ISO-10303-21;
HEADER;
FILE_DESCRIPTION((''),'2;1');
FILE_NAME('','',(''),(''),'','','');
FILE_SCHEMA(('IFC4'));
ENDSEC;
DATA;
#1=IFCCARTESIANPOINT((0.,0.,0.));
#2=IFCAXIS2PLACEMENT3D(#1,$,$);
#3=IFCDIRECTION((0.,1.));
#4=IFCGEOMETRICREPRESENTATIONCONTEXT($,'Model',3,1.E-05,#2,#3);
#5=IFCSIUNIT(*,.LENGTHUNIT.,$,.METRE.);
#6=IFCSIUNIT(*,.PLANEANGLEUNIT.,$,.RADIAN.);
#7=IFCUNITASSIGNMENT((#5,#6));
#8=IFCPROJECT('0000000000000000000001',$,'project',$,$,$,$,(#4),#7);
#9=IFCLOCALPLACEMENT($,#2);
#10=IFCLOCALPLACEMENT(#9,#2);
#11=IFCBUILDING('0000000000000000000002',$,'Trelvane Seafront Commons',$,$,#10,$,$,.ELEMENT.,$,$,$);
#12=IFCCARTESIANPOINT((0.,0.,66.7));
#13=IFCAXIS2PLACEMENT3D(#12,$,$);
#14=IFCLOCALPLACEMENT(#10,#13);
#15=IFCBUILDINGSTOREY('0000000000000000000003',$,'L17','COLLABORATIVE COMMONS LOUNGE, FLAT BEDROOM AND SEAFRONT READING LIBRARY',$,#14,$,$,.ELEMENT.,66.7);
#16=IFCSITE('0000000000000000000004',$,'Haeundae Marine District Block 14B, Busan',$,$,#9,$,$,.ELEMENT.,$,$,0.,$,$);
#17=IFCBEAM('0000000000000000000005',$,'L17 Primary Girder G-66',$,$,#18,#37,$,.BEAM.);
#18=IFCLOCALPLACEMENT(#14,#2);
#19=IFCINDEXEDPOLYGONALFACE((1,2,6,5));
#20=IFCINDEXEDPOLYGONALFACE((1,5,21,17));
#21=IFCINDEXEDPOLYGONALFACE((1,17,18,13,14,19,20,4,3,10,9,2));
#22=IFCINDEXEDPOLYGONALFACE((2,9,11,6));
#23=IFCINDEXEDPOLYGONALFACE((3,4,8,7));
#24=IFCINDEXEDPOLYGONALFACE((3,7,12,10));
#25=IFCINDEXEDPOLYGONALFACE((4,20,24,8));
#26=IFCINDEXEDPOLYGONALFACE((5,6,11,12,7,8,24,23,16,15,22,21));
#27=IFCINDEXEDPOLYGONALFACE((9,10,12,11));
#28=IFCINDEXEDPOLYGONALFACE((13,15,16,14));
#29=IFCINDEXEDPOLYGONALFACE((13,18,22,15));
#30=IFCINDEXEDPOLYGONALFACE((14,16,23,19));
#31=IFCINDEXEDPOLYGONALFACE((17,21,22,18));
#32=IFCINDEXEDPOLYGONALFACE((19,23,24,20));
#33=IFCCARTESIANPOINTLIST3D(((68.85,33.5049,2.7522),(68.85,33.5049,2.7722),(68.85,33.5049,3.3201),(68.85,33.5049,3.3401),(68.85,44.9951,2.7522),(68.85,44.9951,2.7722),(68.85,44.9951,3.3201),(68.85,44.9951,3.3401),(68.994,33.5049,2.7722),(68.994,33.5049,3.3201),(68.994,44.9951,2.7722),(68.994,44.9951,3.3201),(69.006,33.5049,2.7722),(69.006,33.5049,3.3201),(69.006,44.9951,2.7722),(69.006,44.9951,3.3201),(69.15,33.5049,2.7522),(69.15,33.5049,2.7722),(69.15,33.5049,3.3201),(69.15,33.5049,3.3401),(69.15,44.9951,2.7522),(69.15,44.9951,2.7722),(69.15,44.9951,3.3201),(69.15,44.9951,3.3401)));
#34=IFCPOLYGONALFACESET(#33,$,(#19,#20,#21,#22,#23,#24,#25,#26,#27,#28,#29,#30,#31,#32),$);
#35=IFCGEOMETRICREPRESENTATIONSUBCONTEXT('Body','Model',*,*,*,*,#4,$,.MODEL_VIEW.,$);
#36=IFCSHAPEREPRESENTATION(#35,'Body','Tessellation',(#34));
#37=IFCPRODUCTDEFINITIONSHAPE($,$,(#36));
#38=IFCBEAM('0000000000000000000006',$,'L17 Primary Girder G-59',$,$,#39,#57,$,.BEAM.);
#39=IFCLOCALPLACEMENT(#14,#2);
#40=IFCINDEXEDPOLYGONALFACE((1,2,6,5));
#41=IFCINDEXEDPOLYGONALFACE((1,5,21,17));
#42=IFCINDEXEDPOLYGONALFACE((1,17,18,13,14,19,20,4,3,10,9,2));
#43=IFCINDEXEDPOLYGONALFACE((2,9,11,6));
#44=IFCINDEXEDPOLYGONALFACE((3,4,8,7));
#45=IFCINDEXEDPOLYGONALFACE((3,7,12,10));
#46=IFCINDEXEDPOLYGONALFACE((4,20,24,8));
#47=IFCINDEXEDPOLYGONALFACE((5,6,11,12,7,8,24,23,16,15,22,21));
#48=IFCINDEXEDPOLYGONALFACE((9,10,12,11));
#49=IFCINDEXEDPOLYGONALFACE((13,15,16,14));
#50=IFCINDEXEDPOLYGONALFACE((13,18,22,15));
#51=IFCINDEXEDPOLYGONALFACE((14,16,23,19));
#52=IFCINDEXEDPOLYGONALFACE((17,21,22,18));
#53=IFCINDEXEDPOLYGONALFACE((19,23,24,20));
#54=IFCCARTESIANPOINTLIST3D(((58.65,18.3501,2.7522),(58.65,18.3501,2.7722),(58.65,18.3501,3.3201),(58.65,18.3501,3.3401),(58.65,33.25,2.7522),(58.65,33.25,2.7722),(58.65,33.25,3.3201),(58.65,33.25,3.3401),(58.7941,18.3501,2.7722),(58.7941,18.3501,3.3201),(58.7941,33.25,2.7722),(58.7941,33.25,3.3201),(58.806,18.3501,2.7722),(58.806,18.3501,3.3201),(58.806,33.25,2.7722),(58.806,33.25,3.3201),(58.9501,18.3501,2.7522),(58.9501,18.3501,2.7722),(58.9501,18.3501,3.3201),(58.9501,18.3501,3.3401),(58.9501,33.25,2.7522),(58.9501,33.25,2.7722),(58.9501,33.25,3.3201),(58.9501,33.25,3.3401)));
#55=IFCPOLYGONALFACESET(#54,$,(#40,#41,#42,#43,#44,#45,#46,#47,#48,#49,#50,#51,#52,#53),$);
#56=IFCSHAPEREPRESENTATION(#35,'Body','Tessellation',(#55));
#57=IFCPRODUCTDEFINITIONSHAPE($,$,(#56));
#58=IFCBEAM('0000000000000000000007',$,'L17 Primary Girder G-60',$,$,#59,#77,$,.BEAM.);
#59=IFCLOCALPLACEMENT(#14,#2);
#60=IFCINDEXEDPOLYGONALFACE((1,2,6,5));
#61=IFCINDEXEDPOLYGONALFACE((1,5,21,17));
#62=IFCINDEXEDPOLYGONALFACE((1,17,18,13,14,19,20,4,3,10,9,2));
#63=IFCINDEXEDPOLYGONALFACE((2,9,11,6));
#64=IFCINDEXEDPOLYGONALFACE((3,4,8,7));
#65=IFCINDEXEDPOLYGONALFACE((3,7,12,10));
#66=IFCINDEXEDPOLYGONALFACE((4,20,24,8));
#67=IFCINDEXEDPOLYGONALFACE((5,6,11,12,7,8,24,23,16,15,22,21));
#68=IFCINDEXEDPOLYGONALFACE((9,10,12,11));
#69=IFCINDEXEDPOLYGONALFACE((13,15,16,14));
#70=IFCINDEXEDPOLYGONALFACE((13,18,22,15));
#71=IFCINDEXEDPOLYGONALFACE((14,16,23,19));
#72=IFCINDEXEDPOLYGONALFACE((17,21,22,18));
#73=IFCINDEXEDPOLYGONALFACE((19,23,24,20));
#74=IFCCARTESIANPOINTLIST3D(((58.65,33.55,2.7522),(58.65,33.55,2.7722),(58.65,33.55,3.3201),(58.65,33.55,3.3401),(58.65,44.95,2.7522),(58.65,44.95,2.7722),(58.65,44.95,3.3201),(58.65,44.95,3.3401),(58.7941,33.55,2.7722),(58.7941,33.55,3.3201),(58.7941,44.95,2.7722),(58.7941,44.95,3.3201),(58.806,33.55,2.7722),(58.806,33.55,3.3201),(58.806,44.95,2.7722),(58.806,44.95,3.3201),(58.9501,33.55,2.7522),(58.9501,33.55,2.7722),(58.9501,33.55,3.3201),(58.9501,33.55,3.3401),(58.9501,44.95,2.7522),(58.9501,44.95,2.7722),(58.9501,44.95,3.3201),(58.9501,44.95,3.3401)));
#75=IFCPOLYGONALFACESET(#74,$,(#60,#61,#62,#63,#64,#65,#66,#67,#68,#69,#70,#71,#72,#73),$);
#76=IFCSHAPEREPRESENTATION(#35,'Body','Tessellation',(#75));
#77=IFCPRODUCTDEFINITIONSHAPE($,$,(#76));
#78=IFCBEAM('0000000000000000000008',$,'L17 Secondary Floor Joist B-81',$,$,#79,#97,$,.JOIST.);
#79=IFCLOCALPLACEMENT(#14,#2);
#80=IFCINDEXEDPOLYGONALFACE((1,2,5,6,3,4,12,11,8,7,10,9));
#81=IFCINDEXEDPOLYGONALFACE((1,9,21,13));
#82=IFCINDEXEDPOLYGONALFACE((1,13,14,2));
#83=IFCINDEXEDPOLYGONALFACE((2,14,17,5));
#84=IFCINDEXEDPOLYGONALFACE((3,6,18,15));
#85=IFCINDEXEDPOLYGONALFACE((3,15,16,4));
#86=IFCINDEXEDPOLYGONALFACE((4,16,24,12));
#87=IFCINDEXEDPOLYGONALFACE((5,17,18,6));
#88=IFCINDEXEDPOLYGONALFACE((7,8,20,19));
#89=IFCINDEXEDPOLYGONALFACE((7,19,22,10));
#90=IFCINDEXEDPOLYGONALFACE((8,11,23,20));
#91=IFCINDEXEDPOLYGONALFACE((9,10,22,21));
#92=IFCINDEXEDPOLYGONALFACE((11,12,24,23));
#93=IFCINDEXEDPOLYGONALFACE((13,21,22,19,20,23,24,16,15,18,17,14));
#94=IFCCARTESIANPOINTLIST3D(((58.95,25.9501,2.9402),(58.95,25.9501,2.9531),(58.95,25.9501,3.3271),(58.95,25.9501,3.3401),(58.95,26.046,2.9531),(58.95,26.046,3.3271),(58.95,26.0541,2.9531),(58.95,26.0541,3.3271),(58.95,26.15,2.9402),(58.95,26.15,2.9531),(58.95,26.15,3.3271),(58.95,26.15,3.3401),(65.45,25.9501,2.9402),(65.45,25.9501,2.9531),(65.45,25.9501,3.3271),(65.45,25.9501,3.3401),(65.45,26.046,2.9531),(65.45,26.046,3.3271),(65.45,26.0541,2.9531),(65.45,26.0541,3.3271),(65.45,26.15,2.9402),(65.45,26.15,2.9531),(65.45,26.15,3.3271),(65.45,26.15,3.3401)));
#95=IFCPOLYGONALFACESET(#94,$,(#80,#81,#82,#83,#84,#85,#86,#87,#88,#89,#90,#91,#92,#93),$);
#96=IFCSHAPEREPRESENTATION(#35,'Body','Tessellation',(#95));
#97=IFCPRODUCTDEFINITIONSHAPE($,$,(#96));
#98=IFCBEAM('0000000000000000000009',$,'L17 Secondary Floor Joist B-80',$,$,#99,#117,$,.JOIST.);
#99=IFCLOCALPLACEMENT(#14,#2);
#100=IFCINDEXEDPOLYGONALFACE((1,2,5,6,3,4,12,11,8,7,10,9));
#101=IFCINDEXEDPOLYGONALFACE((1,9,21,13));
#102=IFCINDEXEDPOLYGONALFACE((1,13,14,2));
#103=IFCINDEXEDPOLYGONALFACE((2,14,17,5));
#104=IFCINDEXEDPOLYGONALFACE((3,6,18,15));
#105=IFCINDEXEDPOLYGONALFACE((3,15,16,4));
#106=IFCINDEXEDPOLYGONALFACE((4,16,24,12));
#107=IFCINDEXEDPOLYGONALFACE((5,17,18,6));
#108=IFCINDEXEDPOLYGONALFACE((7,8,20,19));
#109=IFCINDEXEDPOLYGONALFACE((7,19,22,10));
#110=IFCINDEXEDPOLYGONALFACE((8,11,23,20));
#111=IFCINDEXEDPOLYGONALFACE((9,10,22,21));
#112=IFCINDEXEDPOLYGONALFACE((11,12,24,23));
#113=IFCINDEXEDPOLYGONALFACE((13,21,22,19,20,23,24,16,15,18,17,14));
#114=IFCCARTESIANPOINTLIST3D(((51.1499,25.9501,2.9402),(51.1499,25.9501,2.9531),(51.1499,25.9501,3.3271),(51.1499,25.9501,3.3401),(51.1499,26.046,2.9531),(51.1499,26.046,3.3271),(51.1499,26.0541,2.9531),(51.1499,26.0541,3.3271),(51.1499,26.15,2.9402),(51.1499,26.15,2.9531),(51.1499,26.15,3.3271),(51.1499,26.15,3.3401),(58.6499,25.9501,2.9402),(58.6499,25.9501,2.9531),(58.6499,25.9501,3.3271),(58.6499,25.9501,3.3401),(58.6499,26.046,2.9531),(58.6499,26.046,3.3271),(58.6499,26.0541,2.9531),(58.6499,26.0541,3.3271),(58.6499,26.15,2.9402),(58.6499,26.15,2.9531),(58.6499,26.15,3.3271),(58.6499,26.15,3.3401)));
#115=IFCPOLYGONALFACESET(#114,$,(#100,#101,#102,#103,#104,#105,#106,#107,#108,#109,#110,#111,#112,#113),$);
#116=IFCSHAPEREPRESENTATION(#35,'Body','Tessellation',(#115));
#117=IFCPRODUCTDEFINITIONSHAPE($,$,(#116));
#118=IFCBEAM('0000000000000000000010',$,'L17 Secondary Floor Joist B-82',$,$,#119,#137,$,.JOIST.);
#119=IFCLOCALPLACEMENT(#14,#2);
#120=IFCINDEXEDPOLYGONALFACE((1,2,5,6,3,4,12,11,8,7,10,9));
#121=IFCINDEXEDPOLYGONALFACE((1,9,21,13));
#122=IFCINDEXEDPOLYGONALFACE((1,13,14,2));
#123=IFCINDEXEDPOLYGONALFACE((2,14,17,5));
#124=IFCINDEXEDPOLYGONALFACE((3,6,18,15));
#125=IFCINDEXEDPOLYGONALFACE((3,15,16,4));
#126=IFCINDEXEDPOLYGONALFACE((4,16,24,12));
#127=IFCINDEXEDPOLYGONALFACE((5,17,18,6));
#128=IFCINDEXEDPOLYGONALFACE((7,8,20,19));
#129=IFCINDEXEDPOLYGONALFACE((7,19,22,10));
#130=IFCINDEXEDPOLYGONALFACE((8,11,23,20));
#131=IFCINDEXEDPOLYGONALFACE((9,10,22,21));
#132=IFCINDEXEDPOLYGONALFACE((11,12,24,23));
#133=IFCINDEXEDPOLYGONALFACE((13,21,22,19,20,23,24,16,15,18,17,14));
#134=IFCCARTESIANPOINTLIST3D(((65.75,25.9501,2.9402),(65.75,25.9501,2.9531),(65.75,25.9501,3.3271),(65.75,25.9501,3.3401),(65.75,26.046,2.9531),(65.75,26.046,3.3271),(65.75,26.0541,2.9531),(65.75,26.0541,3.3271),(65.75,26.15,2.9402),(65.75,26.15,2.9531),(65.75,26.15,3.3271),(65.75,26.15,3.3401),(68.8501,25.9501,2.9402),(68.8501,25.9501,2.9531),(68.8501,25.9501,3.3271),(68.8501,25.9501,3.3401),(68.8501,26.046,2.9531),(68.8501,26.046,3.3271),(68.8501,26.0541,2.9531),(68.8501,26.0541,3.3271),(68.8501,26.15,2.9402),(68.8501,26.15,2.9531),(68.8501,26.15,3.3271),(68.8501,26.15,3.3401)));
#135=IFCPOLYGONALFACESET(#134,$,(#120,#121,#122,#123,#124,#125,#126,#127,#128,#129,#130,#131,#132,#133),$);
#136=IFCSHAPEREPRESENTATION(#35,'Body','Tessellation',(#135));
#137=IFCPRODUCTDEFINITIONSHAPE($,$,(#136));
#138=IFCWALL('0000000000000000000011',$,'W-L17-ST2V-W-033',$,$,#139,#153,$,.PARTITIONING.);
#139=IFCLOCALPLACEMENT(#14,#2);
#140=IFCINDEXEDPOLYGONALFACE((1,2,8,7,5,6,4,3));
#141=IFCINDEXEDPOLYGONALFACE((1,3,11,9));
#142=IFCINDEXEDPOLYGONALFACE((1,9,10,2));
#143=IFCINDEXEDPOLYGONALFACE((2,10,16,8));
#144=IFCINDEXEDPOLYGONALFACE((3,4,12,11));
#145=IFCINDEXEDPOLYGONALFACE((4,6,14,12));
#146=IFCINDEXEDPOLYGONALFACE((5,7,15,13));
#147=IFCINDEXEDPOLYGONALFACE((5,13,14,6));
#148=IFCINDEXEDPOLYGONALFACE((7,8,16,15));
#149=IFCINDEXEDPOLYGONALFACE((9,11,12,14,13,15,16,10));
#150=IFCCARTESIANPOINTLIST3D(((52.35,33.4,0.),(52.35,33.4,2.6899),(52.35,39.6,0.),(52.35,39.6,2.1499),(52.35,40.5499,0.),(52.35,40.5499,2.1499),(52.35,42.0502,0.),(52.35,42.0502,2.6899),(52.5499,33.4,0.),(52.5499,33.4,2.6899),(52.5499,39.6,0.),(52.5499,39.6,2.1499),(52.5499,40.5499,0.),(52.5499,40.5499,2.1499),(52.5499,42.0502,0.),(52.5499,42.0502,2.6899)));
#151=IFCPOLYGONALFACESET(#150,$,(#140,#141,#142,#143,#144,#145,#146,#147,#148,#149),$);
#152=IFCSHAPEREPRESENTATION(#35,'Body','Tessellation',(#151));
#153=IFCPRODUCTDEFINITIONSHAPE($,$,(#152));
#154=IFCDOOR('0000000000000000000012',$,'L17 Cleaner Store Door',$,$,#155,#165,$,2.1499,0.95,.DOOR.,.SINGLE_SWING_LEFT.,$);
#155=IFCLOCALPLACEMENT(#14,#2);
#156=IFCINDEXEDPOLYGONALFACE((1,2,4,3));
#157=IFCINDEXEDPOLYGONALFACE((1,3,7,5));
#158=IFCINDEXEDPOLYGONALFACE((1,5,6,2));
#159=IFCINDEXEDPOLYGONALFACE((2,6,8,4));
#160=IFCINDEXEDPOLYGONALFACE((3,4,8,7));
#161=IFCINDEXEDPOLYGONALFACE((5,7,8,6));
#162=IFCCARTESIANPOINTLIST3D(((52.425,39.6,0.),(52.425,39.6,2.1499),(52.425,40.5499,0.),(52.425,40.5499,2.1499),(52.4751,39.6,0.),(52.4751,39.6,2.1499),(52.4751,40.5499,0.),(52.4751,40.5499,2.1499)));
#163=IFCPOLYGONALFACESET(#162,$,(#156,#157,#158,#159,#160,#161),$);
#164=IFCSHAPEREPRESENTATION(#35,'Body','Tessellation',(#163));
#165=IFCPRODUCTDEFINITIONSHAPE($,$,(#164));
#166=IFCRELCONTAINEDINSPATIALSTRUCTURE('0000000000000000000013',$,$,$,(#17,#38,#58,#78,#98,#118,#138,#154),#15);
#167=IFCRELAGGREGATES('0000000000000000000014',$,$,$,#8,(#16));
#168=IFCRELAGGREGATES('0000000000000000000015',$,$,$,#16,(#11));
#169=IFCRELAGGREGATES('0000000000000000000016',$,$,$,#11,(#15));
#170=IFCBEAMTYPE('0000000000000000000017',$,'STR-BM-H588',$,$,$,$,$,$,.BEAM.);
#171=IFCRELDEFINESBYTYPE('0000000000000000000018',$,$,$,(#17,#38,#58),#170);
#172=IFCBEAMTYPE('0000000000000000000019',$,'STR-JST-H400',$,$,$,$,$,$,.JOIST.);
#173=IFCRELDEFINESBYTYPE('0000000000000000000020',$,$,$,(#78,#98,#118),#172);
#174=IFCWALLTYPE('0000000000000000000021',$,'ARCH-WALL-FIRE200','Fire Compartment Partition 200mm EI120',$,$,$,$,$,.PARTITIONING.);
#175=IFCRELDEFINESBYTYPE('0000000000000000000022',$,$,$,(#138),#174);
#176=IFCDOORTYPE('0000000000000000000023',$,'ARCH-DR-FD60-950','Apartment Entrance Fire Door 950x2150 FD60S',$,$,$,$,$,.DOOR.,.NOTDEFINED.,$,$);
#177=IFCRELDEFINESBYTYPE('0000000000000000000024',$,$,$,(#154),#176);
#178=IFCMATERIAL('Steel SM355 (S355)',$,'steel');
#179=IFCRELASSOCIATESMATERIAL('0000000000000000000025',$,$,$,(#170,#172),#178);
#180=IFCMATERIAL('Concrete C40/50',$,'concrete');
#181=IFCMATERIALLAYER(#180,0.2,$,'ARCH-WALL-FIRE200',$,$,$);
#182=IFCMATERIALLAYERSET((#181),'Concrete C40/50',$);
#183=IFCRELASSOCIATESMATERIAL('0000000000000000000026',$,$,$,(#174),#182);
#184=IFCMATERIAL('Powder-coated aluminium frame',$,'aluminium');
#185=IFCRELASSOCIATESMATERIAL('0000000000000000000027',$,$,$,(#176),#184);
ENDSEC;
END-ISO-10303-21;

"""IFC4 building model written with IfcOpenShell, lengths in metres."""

from ifc_helpers import new_model, si_unit, direction, frame, frame_2d, origin, origin_2d, place, context, subcontext, project, spatial, rectangle, i_section, extrude, source, transform, mapped, material, layer, layer_set, material_profile, profile_set, type_object, element, fill, save


model = new_model("IFC4")

# Units and contexts
model_context = context("Model", 3, precision=1e-05, world=origin(), true_north=direction((0.0, 1.0)))
body_context = subcontext(model_context, "Body", "Model", "MODEL_VIEW")
ifc_project = project(units=[si_unit("LENGTHUNIT", "METRE"), si_unit("PLANEANGLEUNIT", "RADIAN")], contexts=[model_context])

# Site, building, storey
site_placement = place(None, origin())
site = spatial("IfcSite", under=ifc_project, at=site_placement, Name="Haeundae Marine District Block 14B, Busan", CompositionType="ELEMENT", RefElevation=0.0)
building_placement = place(site_placement, origin())
building = spatial("IfcBuilding", under=site, at=building_placement, Name="Trelvane Seafront Commons", CompositionType="ELEMENT")
storey_placement = place(building_placement, frame((0.0, 0.0, 66.7)))
storey = spatial("IfcBuildingStorey", under=building, at=storey_placement, Name="L17", Description="COLLABORATIVE COMMONS LOUNGE, FLAT BEDROOM AND SEAFRONT READING LIBRARY", CompositionType="ELEMENT", Elevation=66.7)

# Shared definitions
ifc_material_1 = material(Name="Steel SM355 (S355)", Category="steel")

# Beams
ifc_material_profile_1 = material_profile(ifc_material_1, i_section(OverallWidth=0.3, OverallDepth=0.5879, WebThickness=0.012, FlangeThickness=0.02, at=origin_2d()), Name="H-588x300x12x20")
ifc_profile_set_1 = profile_set([ifc_material_profile_1], Name="Steel SM355 (S355)")
beam_type_1 = type_object("IfcBeamType", Name="STR-BM-H588", PredefinedType="BEAM", material=ifc_profile_set_1)
shared_shape_1 = source(origin(), body_context, "Body", "SweptSolid", [
    extrude(i_section(OverallWidth=0.3, OverallDepth=0.5879, WebThickness=0.012, FlangeThickness=0.02, at=origin_2d()), origin(), (0.0, 0.0, 1.0), 11.4902),
])
for number, where, z_axis, x_axis, name in (
    (1, (69.0, 33.5049, 3.0461), (0.0, 1.0, 0.0), (-1.0, 0.0, 0.0), "L17 Primary Girder G-66"),
):
    element("IfcBeam", number, at=place(storey_placement, frame(where, z_axis=z_axis, x_axis=x_axis)), inside=storey, type_object=beam_type_1, Name=name, PredefinedType="BEAM", context=body_context, shape_type="MappedRepresentation", body=[
        mapped(shared_shape_1, transform((0.0, 0.0, 0.0), x_axis=(1.0, 0.0, 0.0), y_axis=(0.0, 1.0, 0.0), z_axis=(0.0, 0.0, 1.0), scale=1.0)),
    ])
shared_shape_2 = source(origin(), body_context, "Body", "SweptSolid", [
    extrude(i_section(OverallWidth=0.3, OverallDepth=0.5879, WebThickness=0.012, FlangeThickness=0.02, at=origin_2d()), origin(), (0.0, 0.0, 1.0), 14.8999),
])
beam_1_placement = place(storey_placement, frame((58.8, 18.3501, 3.0461), z_axis=(0.0, 1.0, 0.0), x_axis=(-1.0, 0.0, 0.0)))
element("IfcBeam", 2, at=beam_1_placement, inside=storey, type_object=beam_type_1, Name="L17 Primary Girder G-59", PredefinedType="BEAM", context=body_context, shape_type="MappedRepresentation", body=[
    mapped(shared_shape_2, transform((0.0, 0.0, 0.0), x_axis=(1.0, 0.0, 0.0), y_axis=(0.0, 1.0, 0.0), z_axis=(0.0, 0.0, 1.0), scale=1.0)),
])
shared_shape_3 = source(origin(), body_context, "Body", "SweptSolid", [
    extrude(i_section(OverallWidth=0.3, OverallDepth=0.5879, WebThickness=0.012, FlangeThickness=0.02, at=origin_2d()), origin(), (0.0, 0.0, 1.0), 11.3999),
])
beam_2_placement = place(storey_placement, frame((58.8, 33.55, 3.0461), z_axis=(0.0, 1.0, 0.0), x_axis=(-1.0, 0.0, 0.0)))
element("IfcBeam", 3, at=beam_2_placement, inside=storey, type_object=beam_type_1, Name="L17 Primary Girder G-60", PredefinedType="BEAM", context=body_context, shape_type="MappedRepresentation", body=[
    mapped(shared_shape_3, transform((0.0, 0.0, 0.0), x_axis=(1.0, 0.0, 0.0), y_axis=(0.0, 1.0, 0.0), z_axis=(0.0, 0.0, 1.0), scale=1.0)),
])
ifc_material_profile_2 = material_profile(ifc_material_1, i_section(OverallWidth=0.2, OverallDepth=0.3999, WebThickness=0.0081, FlangeThickness=0.0129, at=origin_2d()), Name="H-400x200x8x13")
ifc_profile_set_2 = profile_set([ifc_material_profile_2], Name="Steel SM355 (S355)")
beam_type_2 = type_object("IfcBeamType", Name="STR-JST-H400", PredefinedType="JOIST", material=ifc_profile_set_2)
shared_shape_4 = source(origin(), body_context, "Body", "SweptSolid", [
    extrude(i_section(OverallWidth=0.2, OverallDepth=0.3999, WebThickness=0.0081, FlangeThickness=0.0129, at=origin_2d()), origin(), (0.0, 0.0, 1.0), 6.5),
])
beam_3_placement = place(storey_placement, frame((58.95, 26.05, 3.1401), z_axis=(1.0, 0.0, 0.0), x_axis=(0.0, 1.0, 0.0)))
element("IfcBeam", 4, at=beam_3_placement, inside=storey, type_object=beam_type_2, Name="L17 Secondary Floor Joist B-81", PredefinedType="JOIST", context=body_context, shape_type="MappedRepresentation", body=[
    mapped(shared_shape_4, transform((0.0, 0.0, 0.0), x_axis=(1.0, 0.0, 0.0), y_axis=(0.0, 1.0, 0.0), z_axis=(0.0, 0.0, 1.0), scale=1.0)),
])
shared_shape_5 = source(origin(), body_context, "Body", "SweptSolid", [
    extrude(i_section(OverallWidth=0.2, OverallDepth=0.3999, WebThickness=0.0081, FlangeThickness=0.0129, at=origin_2d()), origin(), (0.0, 0.0, 1.0), 7.5),
])
beam_4_placement = place(storey_placement, frame((51.1499, 26.05, 3.1401), z_axis=(1.0, 0.0, 0.0), x_axis=(0.0, 1.0, 0.0)))
element("IfcBeam", 5, at=beam_4_placement, inside=storey, type_object=beam_type_2, Name="L17 Secondary Floor Joist B-80", PredefinedType="JOIST", context=body_context, shape_type="MappedRepresentation", body=[
    mapped(shared_shape_5, transform((0.0, 0.0, 0.0), x_axis=(1.0, 0.0, 0.0), y_axis=(0.0, 1.0, 0.0), z_axis=(0.0, 0.0, 1.0), scale=1.0)),
])
shared_shape_6 = source(origin(), body_context, "Body", "SweptSolid", [
    extrude(i_section(OverallWidth=0.2, OverallDepth=0.3999, WebThickness=0.0081, FlangeThickness=0.0129, at=origin_2d()), origin(), (0.0, 0.0, 1.0), 3.1001),
])
beam_5_placement = place(storey_placement, frame((65.75, 26.05, 3.1401), z_axis=(1.0, 0.0, 0.0), x_axis=(0.0, 1.0, 0.0)))
element("IfcBeam", 6, at=beam_5_placement, inside=storey, type_object=beam_type_2, Name="L17 Secondary Floor Joist B-82", PredefinedType="JOIST", context=body_context, shape_type="MappedRepresentation", body=[
    mapped(shared_shape_6, transform((0.0, 0.0, 0.0), x_axis=(1.0, 0.0, 0.0), y_axis=(0.0, 1.0, 0.0), z_axis=(0.0, 0.0, 1.0), scale=1.0)),
])

# Wall, opening, door
ifc_material_2 = material(Name="Concrete C40/50", Category="concrete")
ifc_layer_1 = layer(ifc_material_2, 0.2, Name="ARCH-WALL-FIRE200")
ifc_layer_set_1 = layer_set([ifc_layer_1], Name="Concrete C40/50")
wall_type_1 = type_object("IfcWallType", Name="ARCH-WALL-FIRE200", Description="Fire Compartment Partition 200mm EI120", PredefinedType="PARTITIONING", material=ifc_layer_set_1)
wall_1_placement = place(storey_placement, frame((52.45, 33.3999, 0.0), z_axis=(0.0, 0.0, 1.0), x_axis=(0.0, 1.0, 0.0)))
wall_1 = element("IfcWall", 7, at=wall_1_placement, inside=storey, type_object=wall_type_1, Name="W-L17-ST2V-W-033", PredefinedType="PARTITIONING", context=body_context, shape_type="SweptSolid", body=[
    extrude(rectangle(XDim=8.6501, YDim=0.2, at=frame_2d((4.3252, 0.0))), origin(), (0.0, 0.0, 1.0), 2.6899),
])
opening_1_placement = place(wall_1_placement, frame((6.2, 0.0, 0.0)))
opening_1 = element("IfcOpeningElement", 8, at=opening_1_placement, cuts=wall_1, PredefinedType="OPENING", context=body_context, shape_type="SweptSolid", body=[
    extrude(rectangle(XDim=0.95, YDim=2.1499, at=frame_2d((0.4751, 1.075))), frame((0.0, 0.1099, 0.0), z_axis=(0.0, -1.0, 0.0), x_axis=(1.0, 0.0, 0.0)), (0.0, 0.0, 1.0), 0.22),
])
ifc_material_3 = material(Name="Powder-coated aluminium frame", Category="aluminium")
door_type_1 = type_object("IfcDoorType", Name="ARCH-DR-FD60-950", Description="Apartment Entrance Fire Door 950x2150 FD60S", OperationType="NOTDEFINED", PredefinedType="DOOR", material=ifc_material_3)
shared_shape_7 = source(origin(), body_context, "Body", "SweptSolid", [
    extrude(rectangle(XDim=0.95, YDim=2.1499, at=frame_2d((0.4751, 1.075))), frame((0.0, 0.0249, 0.0), z_axis=(0.0, -1.0, 0.0), x_axis=(1.0, 0.0, 0.0)), (0.0, 0.0, 1.0), 0.05),
])
door_1_placement = place(opening_1_placement, origin())
door_1 = element("IfcDoor", 9, at=door_1_placement, inside=storey, type_object=door_type_1, Name="L17 Cleaner Store Door", OperationType="SINGLE_SWING_LEFT", OverallHeight=2.1499, OverallWidth=0.95, PredefinedType="DOOR", context=body_context, shape_type="MappedRepresentation", body=[
    mapped(shared_shape_7, transform((0.0, 0.0, 0.0), x_axis=(1.0, 0.0, 0.0), y_axis=(0.0, 1.0, 0.0), z_axis=(0.0, 0.0, 1.0), scale=1.0)),
])
fill(opening_1, door_1)

save(model, "model.ifc")
